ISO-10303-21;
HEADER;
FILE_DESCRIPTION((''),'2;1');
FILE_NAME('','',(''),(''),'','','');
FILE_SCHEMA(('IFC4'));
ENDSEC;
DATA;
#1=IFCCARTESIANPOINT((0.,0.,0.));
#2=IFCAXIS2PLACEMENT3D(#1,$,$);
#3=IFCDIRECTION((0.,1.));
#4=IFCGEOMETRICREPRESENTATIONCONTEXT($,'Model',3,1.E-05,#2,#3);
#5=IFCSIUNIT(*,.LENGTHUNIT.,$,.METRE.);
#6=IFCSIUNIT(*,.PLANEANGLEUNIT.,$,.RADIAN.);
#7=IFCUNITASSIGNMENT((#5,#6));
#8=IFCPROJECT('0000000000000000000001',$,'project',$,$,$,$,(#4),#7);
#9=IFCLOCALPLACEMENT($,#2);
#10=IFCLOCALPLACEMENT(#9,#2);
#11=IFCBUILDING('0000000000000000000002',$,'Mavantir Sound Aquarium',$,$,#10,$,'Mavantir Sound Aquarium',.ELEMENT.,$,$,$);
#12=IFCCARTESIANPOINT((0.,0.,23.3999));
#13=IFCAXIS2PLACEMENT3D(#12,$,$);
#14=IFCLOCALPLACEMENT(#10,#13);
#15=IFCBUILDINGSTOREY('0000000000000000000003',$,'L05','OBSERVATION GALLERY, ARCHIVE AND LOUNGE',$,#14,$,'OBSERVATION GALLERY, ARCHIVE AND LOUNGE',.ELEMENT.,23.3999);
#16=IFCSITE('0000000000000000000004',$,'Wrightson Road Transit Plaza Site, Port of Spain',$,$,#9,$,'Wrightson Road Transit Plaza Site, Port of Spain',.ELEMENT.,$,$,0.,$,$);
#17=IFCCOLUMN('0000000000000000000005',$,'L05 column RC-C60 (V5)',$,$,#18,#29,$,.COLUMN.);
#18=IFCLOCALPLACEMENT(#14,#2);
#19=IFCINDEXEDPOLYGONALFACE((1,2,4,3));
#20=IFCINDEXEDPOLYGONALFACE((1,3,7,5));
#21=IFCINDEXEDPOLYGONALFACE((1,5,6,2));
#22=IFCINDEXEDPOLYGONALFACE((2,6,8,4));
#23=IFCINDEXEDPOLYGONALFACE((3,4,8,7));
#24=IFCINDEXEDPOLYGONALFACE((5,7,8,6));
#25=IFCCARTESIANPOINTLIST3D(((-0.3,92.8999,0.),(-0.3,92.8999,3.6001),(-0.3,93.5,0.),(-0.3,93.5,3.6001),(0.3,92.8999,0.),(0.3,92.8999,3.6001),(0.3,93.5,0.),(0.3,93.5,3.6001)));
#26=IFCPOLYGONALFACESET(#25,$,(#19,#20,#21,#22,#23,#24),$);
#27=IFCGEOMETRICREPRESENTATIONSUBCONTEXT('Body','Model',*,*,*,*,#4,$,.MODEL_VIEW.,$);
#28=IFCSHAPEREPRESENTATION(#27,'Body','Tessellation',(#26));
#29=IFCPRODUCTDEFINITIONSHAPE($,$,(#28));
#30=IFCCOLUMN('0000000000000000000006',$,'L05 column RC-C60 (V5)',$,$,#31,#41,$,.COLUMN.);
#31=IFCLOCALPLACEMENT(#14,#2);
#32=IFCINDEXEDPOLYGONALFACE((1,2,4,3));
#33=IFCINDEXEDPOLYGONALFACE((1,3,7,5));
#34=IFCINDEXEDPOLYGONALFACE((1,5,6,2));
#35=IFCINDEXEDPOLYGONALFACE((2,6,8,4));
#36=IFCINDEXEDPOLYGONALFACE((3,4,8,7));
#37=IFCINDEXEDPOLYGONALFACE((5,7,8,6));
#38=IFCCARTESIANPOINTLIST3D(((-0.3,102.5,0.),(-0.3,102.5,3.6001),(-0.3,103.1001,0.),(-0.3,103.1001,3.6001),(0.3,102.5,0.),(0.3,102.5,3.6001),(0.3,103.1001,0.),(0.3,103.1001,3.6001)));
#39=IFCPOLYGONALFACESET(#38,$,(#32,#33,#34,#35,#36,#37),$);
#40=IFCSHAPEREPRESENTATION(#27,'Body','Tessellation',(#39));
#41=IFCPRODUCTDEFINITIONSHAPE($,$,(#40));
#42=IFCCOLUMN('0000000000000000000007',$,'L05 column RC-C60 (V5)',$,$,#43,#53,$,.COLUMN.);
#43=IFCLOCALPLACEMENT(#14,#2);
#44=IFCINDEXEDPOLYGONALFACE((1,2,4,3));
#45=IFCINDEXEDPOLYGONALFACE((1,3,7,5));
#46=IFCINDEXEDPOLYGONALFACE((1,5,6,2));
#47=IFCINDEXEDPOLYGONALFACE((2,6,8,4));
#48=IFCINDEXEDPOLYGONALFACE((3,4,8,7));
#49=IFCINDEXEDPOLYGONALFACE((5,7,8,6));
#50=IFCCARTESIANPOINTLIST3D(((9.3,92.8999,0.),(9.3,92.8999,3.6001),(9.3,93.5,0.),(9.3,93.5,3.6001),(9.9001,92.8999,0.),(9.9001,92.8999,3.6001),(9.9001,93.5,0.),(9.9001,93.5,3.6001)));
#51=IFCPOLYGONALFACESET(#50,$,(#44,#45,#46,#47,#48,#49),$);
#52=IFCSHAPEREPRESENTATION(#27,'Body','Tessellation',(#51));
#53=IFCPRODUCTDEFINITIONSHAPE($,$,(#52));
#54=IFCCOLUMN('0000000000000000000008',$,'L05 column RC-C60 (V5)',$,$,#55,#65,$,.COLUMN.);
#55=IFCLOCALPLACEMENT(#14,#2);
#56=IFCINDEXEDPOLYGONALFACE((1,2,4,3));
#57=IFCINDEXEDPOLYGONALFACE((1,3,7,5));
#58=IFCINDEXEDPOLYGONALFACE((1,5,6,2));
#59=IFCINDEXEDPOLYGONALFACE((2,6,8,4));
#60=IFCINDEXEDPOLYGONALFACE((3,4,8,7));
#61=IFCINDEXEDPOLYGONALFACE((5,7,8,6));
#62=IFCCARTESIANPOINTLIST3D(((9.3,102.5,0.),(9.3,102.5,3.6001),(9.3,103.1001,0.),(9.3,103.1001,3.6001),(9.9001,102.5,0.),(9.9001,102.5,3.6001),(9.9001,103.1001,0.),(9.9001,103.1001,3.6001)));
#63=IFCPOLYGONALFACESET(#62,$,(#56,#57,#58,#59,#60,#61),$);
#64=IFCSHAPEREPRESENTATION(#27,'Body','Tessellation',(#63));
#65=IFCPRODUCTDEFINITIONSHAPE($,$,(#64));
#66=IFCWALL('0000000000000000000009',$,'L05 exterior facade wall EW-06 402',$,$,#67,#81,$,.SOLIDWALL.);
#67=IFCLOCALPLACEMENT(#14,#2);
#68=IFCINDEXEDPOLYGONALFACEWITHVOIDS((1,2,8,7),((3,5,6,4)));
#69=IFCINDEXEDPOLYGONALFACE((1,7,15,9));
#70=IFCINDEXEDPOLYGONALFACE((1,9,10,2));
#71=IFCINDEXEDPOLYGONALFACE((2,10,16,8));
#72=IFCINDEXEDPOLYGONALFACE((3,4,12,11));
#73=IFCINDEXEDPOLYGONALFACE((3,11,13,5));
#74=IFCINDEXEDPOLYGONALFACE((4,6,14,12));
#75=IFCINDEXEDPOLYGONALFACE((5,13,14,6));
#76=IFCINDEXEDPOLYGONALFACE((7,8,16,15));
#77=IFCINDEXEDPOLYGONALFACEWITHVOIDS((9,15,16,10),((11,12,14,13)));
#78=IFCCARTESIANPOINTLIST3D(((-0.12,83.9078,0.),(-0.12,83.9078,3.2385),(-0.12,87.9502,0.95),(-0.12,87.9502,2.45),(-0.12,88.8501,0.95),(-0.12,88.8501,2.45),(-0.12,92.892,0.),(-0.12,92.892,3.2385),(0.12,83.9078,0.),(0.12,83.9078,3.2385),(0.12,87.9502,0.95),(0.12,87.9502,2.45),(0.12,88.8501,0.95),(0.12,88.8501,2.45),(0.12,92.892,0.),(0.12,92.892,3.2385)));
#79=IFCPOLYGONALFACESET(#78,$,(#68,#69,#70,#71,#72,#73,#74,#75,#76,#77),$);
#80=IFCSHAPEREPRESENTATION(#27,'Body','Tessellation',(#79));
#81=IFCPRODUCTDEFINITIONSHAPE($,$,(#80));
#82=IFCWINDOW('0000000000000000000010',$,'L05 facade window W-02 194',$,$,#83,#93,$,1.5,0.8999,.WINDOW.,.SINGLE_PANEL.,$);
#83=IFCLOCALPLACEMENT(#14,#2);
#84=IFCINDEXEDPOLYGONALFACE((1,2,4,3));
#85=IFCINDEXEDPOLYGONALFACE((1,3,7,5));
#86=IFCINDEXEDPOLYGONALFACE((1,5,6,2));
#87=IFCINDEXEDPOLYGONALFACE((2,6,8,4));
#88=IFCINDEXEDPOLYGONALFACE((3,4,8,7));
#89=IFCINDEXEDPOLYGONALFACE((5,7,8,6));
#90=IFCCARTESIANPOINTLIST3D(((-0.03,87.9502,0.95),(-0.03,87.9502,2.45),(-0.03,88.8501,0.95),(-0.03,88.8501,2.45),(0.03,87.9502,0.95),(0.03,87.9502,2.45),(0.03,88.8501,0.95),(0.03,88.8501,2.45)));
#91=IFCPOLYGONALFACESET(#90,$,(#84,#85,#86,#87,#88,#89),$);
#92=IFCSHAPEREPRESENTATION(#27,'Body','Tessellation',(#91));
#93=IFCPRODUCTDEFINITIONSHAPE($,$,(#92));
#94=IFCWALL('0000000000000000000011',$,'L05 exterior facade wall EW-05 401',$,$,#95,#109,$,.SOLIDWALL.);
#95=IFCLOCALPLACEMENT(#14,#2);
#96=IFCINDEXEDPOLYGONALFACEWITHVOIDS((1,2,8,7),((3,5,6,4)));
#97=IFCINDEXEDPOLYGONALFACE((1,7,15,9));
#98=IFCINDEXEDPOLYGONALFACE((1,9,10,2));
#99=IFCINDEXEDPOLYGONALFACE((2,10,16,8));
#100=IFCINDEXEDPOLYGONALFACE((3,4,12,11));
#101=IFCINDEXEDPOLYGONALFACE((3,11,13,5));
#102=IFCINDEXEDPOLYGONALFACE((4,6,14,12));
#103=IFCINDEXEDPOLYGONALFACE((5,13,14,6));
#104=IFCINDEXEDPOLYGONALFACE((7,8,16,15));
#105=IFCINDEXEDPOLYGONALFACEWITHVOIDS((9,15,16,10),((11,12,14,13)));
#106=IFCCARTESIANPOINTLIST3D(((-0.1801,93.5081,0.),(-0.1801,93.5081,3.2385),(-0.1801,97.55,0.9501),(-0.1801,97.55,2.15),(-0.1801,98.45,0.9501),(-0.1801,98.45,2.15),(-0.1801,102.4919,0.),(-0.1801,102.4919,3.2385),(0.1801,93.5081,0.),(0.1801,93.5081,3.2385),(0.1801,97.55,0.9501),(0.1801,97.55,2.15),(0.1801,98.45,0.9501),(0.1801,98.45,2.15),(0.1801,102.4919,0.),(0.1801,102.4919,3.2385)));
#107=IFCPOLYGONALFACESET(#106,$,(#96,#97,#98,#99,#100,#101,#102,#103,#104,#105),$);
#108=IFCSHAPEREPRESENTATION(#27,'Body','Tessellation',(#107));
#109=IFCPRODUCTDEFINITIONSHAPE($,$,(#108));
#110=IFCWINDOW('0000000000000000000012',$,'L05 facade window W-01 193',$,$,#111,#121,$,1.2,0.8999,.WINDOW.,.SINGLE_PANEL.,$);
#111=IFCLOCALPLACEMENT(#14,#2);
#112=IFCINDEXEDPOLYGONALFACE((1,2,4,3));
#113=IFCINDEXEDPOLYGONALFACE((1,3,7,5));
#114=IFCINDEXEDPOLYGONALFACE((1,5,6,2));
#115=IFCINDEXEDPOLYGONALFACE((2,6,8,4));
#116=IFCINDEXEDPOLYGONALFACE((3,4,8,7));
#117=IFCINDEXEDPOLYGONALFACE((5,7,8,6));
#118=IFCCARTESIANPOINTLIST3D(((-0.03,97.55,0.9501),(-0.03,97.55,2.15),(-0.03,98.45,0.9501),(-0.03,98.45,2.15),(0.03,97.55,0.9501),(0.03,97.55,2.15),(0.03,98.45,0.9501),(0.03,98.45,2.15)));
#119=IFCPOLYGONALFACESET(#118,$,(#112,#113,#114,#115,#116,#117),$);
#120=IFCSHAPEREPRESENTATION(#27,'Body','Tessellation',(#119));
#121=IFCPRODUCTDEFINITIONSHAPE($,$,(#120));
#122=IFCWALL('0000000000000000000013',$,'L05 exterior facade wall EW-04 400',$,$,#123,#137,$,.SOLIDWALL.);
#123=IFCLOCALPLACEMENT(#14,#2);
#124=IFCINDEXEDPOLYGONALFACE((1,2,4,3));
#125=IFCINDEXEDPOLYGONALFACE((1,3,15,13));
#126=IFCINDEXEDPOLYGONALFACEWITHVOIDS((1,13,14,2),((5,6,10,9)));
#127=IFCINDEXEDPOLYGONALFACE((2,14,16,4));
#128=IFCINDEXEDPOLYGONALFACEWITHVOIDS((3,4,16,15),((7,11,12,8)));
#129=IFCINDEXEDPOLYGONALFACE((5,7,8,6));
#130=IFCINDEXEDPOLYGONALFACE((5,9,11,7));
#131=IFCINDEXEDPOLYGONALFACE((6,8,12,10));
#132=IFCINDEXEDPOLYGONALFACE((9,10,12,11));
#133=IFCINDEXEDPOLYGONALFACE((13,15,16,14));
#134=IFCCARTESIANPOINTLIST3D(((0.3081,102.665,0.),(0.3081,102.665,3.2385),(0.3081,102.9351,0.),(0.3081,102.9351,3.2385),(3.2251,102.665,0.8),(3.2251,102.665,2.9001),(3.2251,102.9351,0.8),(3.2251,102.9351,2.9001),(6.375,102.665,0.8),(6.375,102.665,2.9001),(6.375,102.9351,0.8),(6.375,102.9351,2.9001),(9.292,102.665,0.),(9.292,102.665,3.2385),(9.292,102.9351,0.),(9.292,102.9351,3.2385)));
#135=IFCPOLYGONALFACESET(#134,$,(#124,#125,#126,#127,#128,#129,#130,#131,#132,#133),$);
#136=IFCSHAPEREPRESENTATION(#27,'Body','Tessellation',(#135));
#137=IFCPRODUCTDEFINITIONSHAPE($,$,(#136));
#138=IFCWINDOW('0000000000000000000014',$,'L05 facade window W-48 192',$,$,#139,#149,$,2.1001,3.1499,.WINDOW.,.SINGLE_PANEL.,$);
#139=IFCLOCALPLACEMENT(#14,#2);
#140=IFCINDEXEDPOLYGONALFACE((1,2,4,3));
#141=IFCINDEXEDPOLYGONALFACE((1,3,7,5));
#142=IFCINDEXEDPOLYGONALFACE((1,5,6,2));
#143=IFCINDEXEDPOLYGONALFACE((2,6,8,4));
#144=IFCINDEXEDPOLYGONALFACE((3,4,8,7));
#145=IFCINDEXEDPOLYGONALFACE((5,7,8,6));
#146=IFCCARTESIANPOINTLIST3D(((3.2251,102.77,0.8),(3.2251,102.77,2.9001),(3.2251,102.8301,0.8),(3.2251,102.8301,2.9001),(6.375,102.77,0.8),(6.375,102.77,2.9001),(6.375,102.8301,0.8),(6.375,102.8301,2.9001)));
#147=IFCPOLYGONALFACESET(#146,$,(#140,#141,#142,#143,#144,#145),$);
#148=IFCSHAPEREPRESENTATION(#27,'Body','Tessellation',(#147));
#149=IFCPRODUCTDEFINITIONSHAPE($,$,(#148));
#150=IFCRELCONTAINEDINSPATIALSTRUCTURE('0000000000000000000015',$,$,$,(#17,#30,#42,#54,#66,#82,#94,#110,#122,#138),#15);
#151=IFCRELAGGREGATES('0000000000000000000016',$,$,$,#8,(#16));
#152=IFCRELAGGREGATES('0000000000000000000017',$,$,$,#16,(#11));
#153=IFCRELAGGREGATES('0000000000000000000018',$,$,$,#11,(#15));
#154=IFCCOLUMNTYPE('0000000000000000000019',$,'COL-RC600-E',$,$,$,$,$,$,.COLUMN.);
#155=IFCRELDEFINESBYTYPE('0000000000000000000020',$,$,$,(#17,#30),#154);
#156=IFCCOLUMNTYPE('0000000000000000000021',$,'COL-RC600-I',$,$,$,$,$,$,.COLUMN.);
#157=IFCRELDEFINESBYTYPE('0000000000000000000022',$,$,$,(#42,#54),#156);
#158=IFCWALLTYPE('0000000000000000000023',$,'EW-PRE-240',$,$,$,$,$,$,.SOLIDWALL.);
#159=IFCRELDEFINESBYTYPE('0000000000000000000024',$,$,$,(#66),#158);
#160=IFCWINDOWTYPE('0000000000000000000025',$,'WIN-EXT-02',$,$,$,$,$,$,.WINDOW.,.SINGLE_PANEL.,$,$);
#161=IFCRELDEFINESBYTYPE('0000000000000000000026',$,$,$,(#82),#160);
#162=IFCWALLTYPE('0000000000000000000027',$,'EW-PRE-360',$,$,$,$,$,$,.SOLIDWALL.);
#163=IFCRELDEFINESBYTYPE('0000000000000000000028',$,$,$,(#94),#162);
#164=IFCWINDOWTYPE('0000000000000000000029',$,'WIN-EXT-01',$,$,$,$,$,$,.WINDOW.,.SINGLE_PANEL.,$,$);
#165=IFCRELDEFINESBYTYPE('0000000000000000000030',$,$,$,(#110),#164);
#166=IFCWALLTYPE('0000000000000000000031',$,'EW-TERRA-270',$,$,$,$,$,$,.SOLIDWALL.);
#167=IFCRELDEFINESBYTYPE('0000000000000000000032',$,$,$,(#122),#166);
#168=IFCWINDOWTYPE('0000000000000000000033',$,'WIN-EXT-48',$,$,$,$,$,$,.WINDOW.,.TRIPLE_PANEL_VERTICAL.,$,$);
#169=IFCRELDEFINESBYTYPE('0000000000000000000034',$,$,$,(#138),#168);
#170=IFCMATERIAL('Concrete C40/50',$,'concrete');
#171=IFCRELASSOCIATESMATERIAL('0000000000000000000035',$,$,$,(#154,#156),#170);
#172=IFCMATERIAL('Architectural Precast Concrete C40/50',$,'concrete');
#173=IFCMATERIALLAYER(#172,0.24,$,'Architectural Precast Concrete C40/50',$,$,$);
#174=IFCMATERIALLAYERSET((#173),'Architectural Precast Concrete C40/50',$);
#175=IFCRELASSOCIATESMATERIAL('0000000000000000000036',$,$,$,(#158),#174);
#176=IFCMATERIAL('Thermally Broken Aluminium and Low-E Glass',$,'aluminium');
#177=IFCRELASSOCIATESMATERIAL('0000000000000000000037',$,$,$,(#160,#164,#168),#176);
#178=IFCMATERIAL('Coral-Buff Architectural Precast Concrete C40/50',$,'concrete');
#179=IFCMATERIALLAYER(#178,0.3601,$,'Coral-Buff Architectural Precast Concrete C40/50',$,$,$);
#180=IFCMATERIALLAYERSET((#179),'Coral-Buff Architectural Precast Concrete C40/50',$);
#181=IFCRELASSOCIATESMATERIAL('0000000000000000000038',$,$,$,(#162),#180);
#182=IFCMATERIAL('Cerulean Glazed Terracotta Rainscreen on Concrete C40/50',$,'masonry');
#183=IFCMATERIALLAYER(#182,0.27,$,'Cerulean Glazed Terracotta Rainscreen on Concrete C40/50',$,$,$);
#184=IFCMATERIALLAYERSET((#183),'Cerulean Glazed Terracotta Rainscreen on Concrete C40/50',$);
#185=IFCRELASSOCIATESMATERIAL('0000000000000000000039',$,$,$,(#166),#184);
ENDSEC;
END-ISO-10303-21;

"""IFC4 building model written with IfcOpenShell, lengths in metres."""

from ifc_helpers import new_model, si_unit, direction, frame, frame_2d, origin, origin_2d, place, context, subcontext, project, spatial, rectangle, extrude, material, layer, layer_set, material_profile, profile_set, type_object, element, fill, save


model = new_model("IFC4")

# Units and contexts
model_context = context("Model", 3, precision=1e-05, world=origin(), true_north=direction((0.0, 1.0)))
body_context = subcontext(model_context, "Body", "Model", "MODEL_VIEW")
ifc_project = project(units=[si_unit("LENGTHUNIT", "METRE"), si_unit("PLANEANGLEUNIT", "RADIAN")], contexts=[model_context])

# Site, building, storey
site_placement = place(None, origin())
site = spatial("IfcSite", under=ifc_project, at=site_placement, Name="Wrightson Road Transit Plaza Site, Port of Spain", LongName="Wrightson Road Transit Plaza Site, Port of Spain", CompositionType="ELEMENT", RefElevation=0.0)
building_placement = place(site_placement, origin())
building = spatial("IfcBuilding", under=site, at=building_placement, Name="Mavantir Sound Aquarium", LongName="Mavantir Sound Aquarium", CompositionType="ELEMENT")
storey_placement = place(building_placement, frame((0.0, 0.0, 23.3999)))
storey = spatial("IfcBuildingStorey", under=building, at=storey_placement, Name="L05", Description="OBSERVATION GALLERY, ARCHIVE AND LOUNGE", LongName="OBSERVATION GALLERY, ARCHIVE AND LOUNGE", CompositionType="ELEMENT", Elevation=23.3999)

# Columns
ifc_material_1 = material(Name="Concrete C40/50", Category="concrete")
ifc_material_profile_1 = material_profile(ifc_material_1, rectangle(XDim=0.6001, YDim=0.6001, at=origin_2d()), Name="RC 600X600")
ifc_profile_set_1 = profile_set([ifc_material_profile_1], Name="Concrete C40/50")
column_type_1 = type_object("IfcColumnType", Name="COL-RC600-E", PredefinedType="COLUMN", material=ifc_profile_set_1)
for number, where, z_axis, x_axis, name in (
    (1, (0.0, 93.2, 0.0), (0.0, 0.0, 1.0), (1.0, 0.0, 0.0), "L05 column RC-C60 (V5)"),
    (2, (0.0, 102.8, 0.0), (0.0, 0.0, 1.0), (1.0, 0.0, 0.0), "L05 column RC-C60 (V5)"),
):
    element("IfcColumn", number, at=place(storey_placement, frame(where, z_axis=z_axis, x_axis=x_axis)), inside=storey, type_object=column_type_1, Name=name, PredefinedType="COLUMN", context=body_context, shape_type="SweptSolid", body=[
        extrude(rectangle(XDim=0.6001, YDim=0.6001, at=origin_2d()), origin(), (0.0, 0.0, 1.0), 3.6001),
    ])
ifc_material_profile_2 = material_profile(ifc_material_1, rectangle(XDim=0.6001, YDim=0.6001, at=origin_2d()), Name="RC 600X600")
ifc_profile_set_2 = profile_set([ifc_material_profile_2], Name="Concrete C40/50")
column_type_2 = type_object("IfcColumnType", Name="COL-RC600-I", PredefinedType="COLUMN", material=ifc_profile_set_2)
for number, where, z_axis, x_axis, name in (
    (3, (9.6001, 93.2, 0.0), (0.0, 0.0, 1.0), (1.0, 0.0, 0.0), "L05 column RC-C60 (V5)"),
    (4, (9.6001, 102.8, 0.0), (0.0, 0.0, 1.0), (1.0, 0.0, 0.0), "L05 column RC-C60 (V5)"),
):
    element("IfcColumn", number, at=place(storey_placement, frame(where, z_axis=z_axis, x_axis=x_axis)), inside=storey, type_object=column_type_2, Name=name, PredefinedType="COLUMN", context=body_context, shape_type="SweptSolid", body=[
        extrude(rectangle(XDim=0.6001, YDim=0.6001, at=origin_2d()), origin(), (0.0, 0.0, 1.0), 3.6001),
    ])

# Walls, openings, windows
ifc_material_2 = material(Name="Architectural Precast Concrete C40/50", Category="concrete")
ifc_layer_1 = layer(ifc_material_2, 0.24, Name="Architectural Precast Concrete C40/50")
ifc_layer_set_1 = layer_set([ifc_layer_1], Name="Architectural Precast Concrete C40/50")
wall_type_1 = type_object("IfcWallType", Name="EW-PRE-240", PredefinedType="SOLIDWALL", material=ifc_layer_set_1)
wall_1_placement = place(storey_placement, frame((0.0, 92.8921, 0.0), z_axis=(0.0, 0.0, 1.0), x_axis=(0.0, -1.0, 0.0)))
wall_1 = element("IfcWall", 5, at=wall_1_placement, inside=storey, type_object=wall_type_1, Name="L05 exterior facade wall EW-06 402", PredefinedType="SOLIDWALL", context=body_context, shape_type="SweptSolid", body=[
    extrude(rectangle(XDim=8.9841, YDim=0.24, at=frame_2d((4.4922, 0.0))), origin(), (0.0, 0.0, 1.0), 3.2385),
])
opening_1_placement = place(wall_1_placement, frame((4.042, 0.0, 0.95)))
opening_1 = element("IfcOpeningElement", 6, at=opening_1_placement, cuts=wall_1, PredefinedType="OPENING", context=body_context, shape_type="SweptSolid", body=[
    extrude(rectangle(XDim=0.8999, YDim=1.5, at=frame_2d((0.45, 0.75))), frame((0.0, 0.1299, 0.0), z_axis=(0.0, -1.0, 0.0), x_axis=(1.0, 0.0, 0.0)), (0.0, 0.0, 1.0), 0.26),
])
ifc_material_3 = material(Name="Thermally Broken Aluminium and Low-E Glass", Category="aluminium")
window_type_1 = type_object("IfcWindowType", Name="WIN-EXT-02", PartitioningType="SINGLE_PANEL", PredefinedType="WINDOW", material=ifc_material_3)
window_1_placement = place(opening_1_placement, origin())
window_1 = element("IfcWindow", 7, at=window_1_placement, inside=storey, type_object=window_type_1, Name="L05 facade window W-02 194", OverallHeight=1.5, OverallWidth=0.8999, PartitioningType="SINGLE_PANEL", PredefinedType="WINDOW", context=body_context, shape_type="SweptSolid", body=[
    extrude(rectangle(XDim=0.8999, YDim=1.5, at=frame_2d((0.45, 0.75))), frame((0.0, 0.03, 0.0), z_axis=(0.0, -1.0, 0.0), x_axis=(1.0, 0.0, 0.0)), (0.0, 0.0, 1.0), 0.0601),
])
fill(opening_1, window_1)
ifc_material_4 = material(Name="Coral-Buff Architectural Precast Concrete C40/50", Category="concrete")
ifc_layer_2 = layer(ifc_material_4, 0.3601, Name="Coral-Buff Architectural Precast Concrete C40/50")
ifc_layer_set_2 = layer_set([ifc_layer_2], Name="Coral-Buff Architectural Precast Concrete C40/50")
wall_type_2 = type_object("IfcWallType", Name="EW-PRE-360", PredefinedType="SOLIDWALL", material=ifc_layer_set_2)
wall_2_placement = place(storey_placement, frame((0.0, 102.4919, 0.0), z_axis=(0.0, 0.0, 1.0), x_axis=(0.0, -1.0, 0.0)))
wall_2 = element("IfcWall", 8, at=wall_2_placement, inside=storey, type_object=wall_type_2, Name="L05 exterior facade wall EW-05 401", PredefinedType="SOLIDWALL", context=body_context, shape_type="SweptSolid", body=[
    extrude(rectangle(XDim=8.9839, YDim=0.3601, at=frame_2d((4.4919, 0.0))), origin(), (0.0, 0.0, 1.0), 3.2385),
])
opening_2_placement = place(wall_2_placement, frame((4.042, 0.0, 0.95)))
opening_2 = element("IfcOpeningElement", 9, at=opening_2_placement, cuts=wall_2, PredefinedType="OPENING", context=body_context, shape_type="SweptSolid", body=[
    extrude(rectangle(XDim=0.8999, YDim=1.2, at=frame_2d((0.45, 0.6001))), frame((0.0, 0.1899, 0.0), z_axis=(0.0, -1.0, 0.0), x_axis=(1.0, 0.0, 0.0)), (0.0, 0.0, 1.0), 0.3801),
])
window_type_2 = type_object("IfcWindowType", Name="WIN-EXT-01", PartitioningType="SINGLE_PANEL", PredefinedType="WINDOW", material=ifc_material_3)
window_2_placement = place(opening_2_placement, origin())
window_2 = element("IfcWindow", 10, at=window_2_placement, inside=storey, type_object=window_type_2, Name="L05 facade window W-01 193", OverallHeight=1.2, OverallWidth=0.8999, PartitioningType="SINGLE_PANEL", PredefinedType="WINDOW", context=body_context, shape_type="SweptSolid", body=[
    extrude(rectangle(XDim=0.8999, YDim=1.2, at=frame_2d((0.45, 0.6001))), frame((0.0, 0.03, 0.0), z_axis=(0.0, -1.0, 0.0), x_axis=(1.0, 0.0, 0.0)), (0.0, 0.0, 1.0), 0.0601),
])
fill(opening_2, window_2)
ifc_material_5 = material(Name="Cerulean Glazed Terracotta Rainscreen on Concrete C40/50", Category="masonry")
ifc_layer_3 = layer(ifc_material_5, 0.27, Name="Cerulean Glazed Terracotta Rainscreen on Concrete C40/50")
ifc_layer_set_3 = layer_set([ifc_layer_3], Name="Cerulean Glazed Terracotta Rainscreen on Concrete C40/50")
wall_type_3 = type_object("IfcWallType", Name="EW-TERRA-270", PredefinedType="SOLIDWALL", material=ifc_layer_set_3)
wall_3_placement = place(storey_placement, frame((9.292, 102.8, 0.0), z_axis=(0.0, 0.0, 1.0), x_axis=(-1.0, 0.0, 0.0)))
wall_3 = element("IfcWall", 11, at=wall_3_placement, inside=storey, type_object=wall_type_3, Name="L05 exterior facade wall EW-04 400", PredefinedType="SOLIDWALL", context=body_context, shape_type="SweptSolid", body=[
    extrude(rectangle(XDim=8.9839, YDim=0.27, at=frame_2d((4.4919, 0.0))), origin(), (0.0, 0.0, 1.0), 3.2385),
])
opening_3_placement = place(wall_3_placement, frame((2.917, 0.0, 0.8)))
opening_3 = element("IfcOpeningElement", 12, at=opening_3_placement, cuts=wall_3, PredefinedType="OPENING", context=body_context, shape_type="SweptSolid", body=[
    extrude(rectangle(XDim=3.1499, YDim=2.1001, at=frame_2d((1.575, 1.05))), frame((0.0, 0.145, 0.0), z_axis=(0.0, -1.0, 0.0), x_axis=(1.0, 0.0, 0.0)), (0.0, 0.0, 1.0), 0.29),
])
window_type_3 = type_object("IfcWindowType", Name="WIN-EXT-48", PartitioningType="TRIPLE_PANEL_VERTICAL", PredefinedType="WINDOW", material=ifc_material_3)
window_3_placement = place(opening_3_placement, origin())
window_3 = element("IfcWindow", 13, at=window_3_placement, inside=storey, type_object=window_type_3, Name="L05 facade window W-48 192", OverallHeight=2.1001, OverallWidth=3.1499, PartitioningType="SINGLE_PANEL", PredefinedType="WINDOW", context=body_context, shape_type="SweptSolid", body=[
    extrude(rectangle(XDim=3.1499, YDim=2.1001, at=frame_2d((1.575, 1.05))), frame((0.0, 0.03, 0.0), z_axis=(0.0, -1.0, 0.0), x_axis=(1.0, 0.0, 0.0)), (0.0, 0.0, 1.0), 0.0601),
])
fill(opening_3, window_3)

save(model, "model.ifc")
